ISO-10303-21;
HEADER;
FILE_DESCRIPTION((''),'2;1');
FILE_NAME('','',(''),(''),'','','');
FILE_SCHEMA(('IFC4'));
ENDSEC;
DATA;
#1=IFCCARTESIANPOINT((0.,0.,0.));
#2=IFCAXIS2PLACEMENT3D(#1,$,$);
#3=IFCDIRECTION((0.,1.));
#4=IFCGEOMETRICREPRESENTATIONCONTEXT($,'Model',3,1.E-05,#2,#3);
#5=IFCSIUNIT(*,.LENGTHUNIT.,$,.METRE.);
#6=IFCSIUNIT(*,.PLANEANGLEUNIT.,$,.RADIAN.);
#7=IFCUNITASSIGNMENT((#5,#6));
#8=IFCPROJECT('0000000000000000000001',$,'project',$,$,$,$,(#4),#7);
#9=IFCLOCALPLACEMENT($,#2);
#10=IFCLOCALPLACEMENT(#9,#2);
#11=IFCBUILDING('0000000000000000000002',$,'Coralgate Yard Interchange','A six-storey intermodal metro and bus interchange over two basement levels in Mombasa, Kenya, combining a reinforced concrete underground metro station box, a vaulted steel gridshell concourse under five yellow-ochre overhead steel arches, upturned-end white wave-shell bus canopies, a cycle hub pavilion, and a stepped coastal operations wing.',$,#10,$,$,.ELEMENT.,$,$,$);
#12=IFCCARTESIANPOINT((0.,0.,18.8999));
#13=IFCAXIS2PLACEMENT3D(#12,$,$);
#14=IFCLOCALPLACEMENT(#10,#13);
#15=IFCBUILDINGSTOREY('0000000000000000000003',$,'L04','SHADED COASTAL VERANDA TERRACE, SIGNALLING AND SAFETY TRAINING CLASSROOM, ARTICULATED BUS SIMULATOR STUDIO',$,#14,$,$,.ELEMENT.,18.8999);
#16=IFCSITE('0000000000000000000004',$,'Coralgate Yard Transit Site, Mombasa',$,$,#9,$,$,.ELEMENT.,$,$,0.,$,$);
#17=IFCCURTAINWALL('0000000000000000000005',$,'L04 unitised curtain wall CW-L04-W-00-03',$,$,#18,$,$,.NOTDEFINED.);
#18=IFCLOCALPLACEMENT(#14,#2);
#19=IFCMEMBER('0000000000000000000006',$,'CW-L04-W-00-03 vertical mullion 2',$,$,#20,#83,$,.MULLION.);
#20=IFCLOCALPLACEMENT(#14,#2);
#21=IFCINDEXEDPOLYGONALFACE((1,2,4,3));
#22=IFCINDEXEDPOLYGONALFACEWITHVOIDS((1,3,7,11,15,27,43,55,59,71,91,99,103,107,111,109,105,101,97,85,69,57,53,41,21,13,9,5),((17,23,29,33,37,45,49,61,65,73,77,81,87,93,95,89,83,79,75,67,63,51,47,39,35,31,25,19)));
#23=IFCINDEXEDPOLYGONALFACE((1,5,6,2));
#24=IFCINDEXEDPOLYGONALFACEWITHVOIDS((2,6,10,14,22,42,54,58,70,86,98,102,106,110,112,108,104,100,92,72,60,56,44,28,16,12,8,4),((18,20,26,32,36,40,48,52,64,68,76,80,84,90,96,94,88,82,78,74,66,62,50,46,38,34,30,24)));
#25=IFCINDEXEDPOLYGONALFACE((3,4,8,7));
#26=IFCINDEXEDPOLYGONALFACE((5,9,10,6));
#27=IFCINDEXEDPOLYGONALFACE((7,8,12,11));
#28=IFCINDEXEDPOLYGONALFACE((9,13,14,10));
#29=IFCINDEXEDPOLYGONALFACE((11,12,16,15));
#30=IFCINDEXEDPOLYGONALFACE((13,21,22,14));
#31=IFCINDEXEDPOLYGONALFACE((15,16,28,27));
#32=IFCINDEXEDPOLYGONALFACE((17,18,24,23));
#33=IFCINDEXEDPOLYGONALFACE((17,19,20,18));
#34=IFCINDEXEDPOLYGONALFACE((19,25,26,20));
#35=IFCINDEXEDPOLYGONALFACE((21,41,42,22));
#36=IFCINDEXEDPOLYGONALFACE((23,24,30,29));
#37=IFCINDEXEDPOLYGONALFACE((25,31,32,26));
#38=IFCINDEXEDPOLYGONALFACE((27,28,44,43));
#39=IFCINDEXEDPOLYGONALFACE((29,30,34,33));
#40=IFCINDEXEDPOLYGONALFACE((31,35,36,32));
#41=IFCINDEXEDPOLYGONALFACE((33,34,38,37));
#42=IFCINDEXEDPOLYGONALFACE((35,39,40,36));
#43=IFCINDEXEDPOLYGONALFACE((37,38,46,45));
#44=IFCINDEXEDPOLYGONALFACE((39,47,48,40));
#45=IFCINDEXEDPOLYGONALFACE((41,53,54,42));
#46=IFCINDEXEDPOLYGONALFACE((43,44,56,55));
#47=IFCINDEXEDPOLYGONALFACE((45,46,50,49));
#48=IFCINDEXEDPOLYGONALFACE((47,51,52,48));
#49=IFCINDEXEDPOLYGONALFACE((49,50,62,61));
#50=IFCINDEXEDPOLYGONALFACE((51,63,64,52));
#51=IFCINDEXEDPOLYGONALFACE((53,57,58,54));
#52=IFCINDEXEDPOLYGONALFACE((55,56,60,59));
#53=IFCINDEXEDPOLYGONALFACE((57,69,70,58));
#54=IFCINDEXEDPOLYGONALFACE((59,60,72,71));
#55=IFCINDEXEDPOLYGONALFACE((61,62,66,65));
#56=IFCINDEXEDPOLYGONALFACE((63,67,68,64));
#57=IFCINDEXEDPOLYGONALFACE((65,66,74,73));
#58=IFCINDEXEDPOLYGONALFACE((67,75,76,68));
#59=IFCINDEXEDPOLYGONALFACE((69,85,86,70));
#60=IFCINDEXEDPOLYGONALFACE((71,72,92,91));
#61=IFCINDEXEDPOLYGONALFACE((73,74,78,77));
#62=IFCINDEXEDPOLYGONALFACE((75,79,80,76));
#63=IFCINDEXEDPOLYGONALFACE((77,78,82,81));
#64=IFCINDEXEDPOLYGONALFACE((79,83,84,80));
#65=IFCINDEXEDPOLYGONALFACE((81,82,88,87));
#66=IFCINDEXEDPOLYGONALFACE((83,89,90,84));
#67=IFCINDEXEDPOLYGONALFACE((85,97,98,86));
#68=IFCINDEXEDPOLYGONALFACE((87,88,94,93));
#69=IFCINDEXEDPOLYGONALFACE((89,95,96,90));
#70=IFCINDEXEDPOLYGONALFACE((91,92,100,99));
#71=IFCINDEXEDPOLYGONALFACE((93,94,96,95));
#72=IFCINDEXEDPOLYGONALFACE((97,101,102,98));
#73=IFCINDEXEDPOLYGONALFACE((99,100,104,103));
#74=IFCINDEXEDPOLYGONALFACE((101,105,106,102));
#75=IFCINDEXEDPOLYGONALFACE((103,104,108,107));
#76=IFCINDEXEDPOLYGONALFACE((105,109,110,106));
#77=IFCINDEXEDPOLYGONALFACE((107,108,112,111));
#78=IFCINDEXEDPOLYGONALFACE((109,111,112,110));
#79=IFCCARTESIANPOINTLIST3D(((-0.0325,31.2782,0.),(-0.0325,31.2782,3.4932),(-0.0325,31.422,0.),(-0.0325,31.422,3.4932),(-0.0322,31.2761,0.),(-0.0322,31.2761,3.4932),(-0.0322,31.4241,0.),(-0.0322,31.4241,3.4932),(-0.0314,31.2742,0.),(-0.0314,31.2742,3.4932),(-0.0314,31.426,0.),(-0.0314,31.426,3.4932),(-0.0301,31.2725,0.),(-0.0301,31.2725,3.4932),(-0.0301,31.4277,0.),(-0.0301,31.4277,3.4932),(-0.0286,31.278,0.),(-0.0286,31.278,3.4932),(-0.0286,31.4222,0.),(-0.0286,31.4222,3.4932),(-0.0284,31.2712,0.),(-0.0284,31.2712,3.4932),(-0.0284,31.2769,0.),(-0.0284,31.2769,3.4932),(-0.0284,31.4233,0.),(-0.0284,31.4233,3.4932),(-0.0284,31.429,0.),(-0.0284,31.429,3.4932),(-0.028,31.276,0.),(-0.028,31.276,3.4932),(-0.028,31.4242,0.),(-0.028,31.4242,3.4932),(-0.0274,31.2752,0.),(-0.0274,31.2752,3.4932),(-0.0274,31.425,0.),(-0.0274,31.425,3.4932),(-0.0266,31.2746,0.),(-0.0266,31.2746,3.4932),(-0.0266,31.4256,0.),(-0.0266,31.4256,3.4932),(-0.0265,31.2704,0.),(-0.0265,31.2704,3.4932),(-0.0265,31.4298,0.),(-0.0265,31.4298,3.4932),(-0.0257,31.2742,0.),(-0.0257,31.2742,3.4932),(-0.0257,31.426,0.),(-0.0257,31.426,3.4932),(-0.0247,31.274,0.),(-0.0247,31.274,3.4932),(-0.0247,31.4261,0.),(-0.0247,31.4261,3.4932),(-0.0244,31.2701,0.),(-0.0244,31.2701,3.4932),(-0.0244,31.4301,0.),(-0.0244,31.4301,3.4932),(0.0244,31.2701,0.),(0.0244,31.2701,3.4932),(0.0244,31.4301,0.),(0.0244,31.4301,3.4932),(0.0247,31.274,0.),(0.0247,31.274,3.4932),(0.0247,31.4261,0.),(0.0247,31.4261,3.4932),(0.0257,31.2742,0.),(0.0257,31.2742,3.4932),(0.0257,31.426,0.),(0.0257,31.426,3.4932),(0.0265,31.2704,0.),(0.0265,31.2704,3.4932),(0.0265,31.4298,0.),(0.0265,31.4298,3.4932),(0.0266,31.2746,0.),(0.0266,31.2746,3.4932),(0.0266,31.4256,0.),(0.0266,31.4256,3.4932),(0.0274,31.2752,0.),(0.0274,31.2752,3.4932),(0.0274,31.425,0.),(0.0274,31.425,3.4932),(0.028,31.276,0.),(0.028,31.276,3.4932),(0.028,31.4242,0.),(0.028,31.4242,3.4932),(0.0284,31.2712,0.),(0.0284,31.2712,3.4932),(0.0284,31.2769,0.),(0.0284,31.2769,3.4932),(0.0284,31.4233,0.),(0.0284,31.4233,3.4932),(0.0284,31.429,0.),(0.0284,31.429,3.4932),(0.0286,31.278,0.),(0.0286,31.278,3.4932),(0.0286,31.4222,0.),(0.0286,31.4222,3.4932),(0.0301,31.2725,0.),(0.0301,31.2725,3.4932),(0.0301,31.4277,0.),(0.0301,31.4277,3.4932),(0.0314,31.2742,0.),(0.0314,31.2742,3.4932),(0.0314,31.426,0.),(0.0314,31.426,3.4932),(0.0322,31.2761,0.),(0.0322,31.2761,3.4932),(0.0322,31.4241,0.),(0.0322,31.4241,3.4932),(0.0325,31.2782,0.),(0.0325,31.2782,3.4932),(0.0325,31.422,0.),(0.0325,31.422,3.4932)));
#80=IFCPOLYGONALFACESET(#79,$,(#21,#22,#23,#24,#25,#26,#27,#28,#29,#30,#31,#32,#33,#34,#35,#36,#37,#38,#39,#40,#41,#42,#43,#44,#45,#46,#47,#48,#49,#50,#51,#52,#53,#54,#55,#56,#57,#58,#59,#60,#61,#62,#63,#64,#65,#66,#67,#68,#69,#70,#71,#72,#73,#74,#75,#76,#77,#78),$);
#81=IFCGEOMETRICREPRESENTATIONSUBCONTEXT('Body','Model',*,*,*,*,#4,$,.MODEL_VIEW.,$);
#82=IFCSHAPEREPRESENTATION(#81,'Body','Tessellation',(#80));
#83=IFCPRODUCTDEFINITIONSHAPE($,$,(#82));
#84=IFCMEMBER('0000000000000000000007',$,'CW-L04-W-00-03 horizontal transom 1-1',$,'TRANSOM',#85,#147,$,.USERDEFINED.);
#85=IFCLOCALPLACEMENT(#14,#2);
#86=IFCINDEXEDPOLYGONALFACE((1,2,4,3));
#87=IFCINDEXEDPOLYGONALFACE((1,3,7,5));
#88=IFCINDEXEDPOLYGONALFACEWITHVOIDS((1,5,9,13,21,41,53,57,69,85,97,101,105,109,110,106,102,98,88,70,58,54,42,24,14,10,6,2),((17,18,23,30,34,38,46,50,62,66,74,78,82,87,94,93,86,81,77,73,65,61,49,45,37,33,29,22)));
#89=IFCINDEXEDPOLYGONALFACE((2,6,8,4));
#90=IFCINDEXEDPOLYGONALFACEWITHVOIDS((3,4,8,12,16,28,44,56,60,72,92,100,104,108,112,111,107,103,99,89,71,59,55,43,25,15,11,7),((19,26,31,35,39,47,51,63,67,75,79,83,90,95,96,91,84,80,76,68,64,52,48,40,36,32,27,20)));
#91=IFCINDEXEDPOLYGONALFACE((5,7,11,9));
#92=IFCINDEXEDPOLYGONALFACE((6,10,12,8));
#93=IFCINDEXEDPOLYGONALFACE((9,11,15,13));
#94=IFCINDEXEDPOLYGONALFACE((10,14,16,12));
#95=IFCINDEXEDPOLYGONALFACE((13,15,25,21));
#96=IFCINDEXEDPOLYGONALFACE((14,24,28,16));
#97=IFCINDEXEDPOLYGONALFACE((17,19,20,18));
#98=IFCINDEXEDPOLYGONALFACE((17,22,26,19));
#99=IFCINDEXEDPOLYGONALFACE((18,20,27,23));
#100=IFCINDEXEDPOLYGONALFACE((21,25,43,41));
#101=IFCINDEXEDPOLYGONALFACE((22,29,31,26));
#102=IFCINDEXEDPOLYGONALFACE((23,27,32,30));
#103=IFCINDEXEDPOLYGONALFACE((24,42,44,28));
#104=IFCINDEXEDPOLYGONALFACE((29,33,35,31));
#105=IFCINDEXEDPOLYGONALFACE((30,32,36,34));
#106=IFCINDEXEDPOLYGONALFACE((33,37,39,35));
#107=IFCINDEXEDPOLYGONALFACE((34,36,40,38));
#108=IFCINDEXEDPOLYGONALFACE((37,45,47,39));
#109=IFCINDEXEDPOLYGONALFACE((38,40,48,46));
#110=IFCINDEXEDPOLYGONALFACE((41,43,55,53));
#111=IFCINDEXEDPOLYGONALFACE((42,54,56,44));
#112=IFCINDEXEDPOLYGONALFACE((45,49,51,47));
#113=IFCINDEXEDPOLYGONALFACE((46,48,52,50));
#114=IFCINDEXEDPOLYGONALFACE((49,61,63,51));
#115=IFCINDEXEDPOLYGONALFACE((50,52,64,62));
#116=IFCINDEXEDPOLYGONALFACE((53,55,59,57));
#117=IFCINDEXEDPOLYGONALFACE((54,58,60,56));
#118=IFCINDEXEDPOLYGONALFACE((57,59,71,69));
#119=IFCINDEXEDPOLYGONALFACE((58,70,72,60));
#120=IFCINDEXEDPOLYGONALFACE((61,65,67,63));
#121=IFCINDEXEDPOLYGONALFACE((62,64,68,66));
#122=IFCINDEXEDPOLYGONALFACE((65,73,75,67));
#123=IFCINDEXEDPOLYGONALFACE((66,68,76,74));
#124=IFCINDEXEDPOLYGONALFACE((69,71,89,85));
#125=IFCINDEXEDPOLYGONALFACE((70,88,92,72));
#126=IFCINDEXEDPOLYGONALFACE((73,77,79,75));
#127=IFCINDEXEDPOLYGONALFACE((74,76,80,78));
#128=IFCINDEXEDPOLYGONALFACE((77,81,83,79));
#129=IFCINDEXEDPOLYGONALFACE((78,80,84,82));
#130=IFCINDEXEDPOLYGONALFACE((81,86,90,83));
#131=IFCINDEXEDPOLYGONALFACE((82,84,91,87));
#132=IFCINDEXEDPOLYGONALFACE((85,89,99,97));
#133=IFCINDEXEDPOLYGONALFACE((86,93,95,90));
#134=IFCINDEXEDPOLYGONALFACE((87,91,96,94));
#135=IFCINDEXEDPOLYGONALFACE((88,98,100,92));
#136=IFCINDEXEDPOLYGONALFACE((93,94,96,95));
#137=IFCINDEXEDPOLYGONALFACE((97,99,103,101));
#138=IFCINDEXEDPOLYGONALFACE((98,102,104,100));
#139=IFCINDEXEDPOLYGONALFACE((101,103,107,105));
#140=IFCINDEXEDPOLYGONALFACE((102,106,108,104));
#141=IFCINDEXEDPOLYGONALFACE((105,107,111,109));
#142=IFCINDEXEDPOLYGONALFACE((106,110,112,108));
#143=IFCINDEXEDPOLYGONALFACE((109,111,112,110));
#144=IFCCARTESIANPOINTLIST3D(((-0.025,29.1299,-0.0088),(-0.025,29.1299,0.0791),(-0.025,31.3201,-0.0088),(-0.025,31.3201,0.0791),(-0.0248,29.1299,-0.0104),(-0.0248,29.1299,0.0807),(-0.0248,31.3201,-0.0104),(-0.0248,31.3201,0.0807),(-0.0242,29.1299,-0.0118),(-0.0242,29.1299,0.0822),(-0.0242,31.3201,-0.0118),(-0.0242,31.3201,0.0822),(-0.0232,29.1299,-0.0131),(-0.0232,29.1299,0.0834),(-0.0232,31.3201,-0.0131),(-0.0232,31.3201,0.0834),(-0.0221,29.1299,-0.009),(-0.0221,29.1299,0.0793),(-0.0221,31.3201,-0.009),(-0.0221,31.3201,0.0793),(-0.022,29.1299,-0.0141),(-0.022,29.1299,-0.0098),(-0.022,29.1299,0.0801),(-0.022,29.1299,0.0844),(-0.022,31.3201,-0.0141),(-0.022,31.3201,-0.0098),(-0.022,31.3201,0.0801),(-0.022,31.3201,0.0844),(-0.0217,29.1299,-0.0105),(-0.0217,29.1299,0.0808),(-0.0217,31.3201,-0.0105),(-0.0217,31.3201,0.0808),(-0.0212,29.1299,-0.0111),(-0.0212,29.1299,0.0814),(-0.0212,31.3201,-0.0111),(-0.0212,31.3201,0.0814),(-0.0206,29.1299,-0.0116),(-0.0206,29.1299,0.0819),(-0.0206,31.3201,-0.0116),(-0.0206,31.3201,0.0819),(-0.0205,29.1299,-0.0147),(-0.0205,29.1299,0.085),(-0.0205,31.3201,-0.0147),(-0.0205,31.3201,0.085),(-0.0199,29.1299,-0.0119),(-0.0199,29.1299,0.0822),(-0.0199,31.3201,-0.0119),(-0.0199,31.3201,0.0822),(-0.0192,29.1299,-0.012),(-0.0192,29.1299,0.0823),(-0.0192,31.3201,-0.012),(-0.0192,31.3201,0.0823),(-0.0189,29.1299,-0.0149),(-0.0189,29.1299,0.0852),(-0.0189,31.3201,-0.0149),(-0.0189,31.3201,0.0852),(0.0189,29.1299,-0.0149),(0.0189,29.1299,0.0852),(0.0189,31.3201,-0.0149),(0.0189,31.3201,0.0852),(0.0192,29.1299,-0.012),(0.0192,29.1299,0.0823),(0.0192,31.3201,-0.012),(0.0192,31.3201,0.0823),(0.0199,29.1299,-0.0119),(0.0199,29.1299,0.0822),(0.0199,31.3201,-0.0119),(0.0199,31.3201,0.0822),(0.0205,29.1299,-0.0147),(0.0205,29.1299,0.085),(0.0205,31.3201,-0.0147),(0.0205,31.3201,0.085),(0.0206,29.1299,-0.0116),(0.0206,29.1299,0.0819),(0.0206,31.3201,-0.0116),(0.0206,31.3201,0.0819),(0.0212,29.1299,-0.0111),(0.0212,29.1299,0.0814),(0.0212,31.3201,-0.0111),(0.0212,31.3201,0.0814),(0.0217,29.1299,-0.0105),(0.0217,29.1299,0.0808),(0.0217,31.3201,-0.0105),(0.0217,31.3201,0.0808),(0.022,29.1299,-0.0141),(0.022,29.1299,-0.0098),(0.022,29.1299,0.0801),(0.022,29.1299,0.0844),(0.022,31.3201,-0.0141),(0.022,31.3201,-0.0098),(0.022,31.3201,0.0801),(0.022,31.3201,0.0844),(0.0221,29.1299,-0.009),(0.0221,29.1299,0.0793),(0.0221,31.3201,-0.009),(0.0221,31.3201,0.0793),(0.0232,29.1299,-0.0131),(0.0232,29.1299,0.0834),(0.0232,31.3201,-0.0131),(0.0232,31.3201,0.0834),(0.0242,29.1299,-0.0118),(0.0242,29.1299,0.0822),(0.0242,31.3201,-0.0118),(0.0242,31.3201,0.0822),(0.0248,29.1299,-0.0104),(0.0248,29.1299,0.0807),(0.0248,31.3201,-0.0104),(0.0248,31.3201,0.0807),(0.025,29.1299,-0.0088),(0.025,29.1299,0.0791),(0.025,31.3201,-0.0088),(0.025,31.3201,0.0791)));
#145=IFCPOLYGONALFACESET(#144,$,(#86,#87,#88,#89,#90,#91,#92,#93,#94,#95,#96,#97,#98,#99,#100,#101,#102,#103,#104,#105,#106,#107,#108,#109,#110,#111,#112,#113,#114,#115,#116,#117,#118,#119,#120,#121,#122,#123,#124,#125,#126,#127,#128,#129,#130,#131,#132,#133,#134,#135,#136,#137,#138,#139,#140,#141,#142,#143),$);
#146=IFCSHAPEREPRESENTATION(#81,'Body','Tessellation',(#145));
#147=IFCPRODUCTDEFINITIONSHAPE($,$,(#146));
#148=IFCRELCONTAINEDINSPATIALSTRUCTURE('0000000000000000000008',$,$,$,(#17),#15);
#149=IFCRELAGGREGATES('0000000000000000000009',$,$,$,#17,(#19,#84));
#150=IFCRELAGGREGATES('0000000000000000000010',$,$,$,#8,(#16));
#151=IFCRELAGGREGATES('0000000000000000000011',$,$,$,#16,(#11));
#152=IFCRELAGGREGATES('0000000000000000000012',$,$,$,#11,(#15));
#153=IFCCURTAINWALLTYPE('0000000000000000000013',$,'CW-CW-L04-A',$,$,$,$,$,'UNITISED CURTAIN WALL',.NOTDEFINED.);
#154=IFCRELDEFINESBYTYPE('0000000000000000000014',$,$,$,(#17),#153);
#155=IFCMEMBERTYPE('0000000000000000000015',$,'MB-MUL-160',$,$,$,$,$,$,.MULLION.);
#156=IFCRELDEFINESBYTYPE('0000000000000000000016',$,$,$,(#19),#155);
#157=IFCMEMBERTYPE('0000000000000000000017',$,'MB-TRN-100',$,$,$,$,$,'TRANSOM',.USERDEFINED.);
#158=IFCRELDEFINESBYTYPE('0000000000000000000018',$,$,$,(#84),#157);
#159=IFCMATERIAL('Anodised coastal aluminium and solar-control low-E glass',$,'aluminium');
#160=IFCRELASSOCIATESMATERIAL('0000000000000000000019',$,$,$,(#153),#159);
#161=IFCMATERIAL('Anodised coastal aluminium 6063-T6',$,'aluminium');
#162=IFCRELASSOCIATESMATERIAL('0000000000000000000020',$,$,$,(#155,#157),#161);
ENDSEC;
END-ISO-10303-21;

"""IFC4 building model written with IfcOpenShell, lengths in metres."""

from ifc_helpers import new_model, si_unit, direction, frame, origin, origin_2d, place, context, subcontext, project, spatial, hollow_rectangle, extrude, material, material_profile, profile_set, type_object, element, aggregate, save


model = new_model("IFC4")

# Units and contexts
model_context = context("Model", 3, precision=1e-05, world=origin(), true_north=direction((0.0, 1.0)))
body_context = subcontext(model_context, "Body", "Model", "MODEL_VIEW")
ifc_project = project(units=[si_unit("LENGTHUNIT", "METRE"), si_unit("PLANEANGLEUNIT", "RADIAN")], contexts=[model_context])

# Site, building, storey
site_placement = place(None, origin())
site = spatial("IfcSite", under=ifc_project, at=site_placement, Name="Coralgate Yard Transit Site, Mombasa", CompositionType="ELEMENT", RefElevation=0.0)
building_placement = place(site_placement, origin())
building = spatial("IfcBuilding", under=site, at=building_placement, Name="Coralgate Yard Interchange", Description="A six-storey intermodal metro and bus interchange over two basement levels in Mombasa, Kenya, combining a reinforced concrete underground metro station box, a vaulted steel gridshell concourse under five yellow-ochre overhead steel arches, upturned-end white wave-shell bus canopies, a cycle hub pavilion, and a stepped coastal operations wing.", CompositionType="ELEMENT")
storey_placement = place(building_placement, frame((0.0, 0.0, 18.8999)))
storey = spatial("IfcBuildingStorey", under=building, at=storey_placement, Name="L04", Description="SHADED COASTAL VERANDA TERRACE, SIGNALLING AND SAFETY TRAINING CLASSROOM, ARTICULATED BUS SIMULATOR STUDIO", CompositionType="ELEMENT", Elevation=18.8999)

# Curtain wall, members
ifc_material_1 = material(Name="Anodised coastal aluminium and solar-control low-E glass", Category="aluminium")
curtain_wall_type = type_object("IfcCurtainWallType", Name="CW-CW-L04-A", ElementType="UNITISED CURTAIN WALL", PredefinedType="NOTDEFINED", material=ifc_material_1)
curtain_wall_placement = place(storey_placement, origin())
curtain_wall = element("IfcCurtainWall", 1, at=curtain_wall_placement, inside=storey, type_object=curtain_wall_type, Name="L04 unitised curtain wall CW-L04-W-00-03", PredefinedType="NOTDEFINED")
ifc_material_2 = material(Name="Anodised coastal aluminium 6063-T6", Category="aluminium")
ifc_material_profile_1 = material_profile(ifc_material_2, hollow_rectangle(XDim=0.0649, YDim=0.1599, WallThickness=0.0039, InnerFilletRadius=0.0039, OuterFilletRadius=0.0081, at=origin_2d()), Name="ALU 65x160x4")
ifc_profile_set_1 = profile_set([ifc_material_profile_1], Name="Anodised coastal aluminium 6063-T6")
member_type_1 = type_object("IfcMemberType", Name="MB-MUL-160", PredefinedType="MULLION", material=ifc_profile_set_1)
member_1_placement = place(storey_placement, frame((0.0, 31.3501, 0.0), z_axis=(0.0, 0.0, 1.0), x_axis=(1.0, 0.0, 0.0)))
member_1 = element("IfcMember", 2, at=member_1_placement, type_object=member_type_1, Name="CW-L04-W-00-03 vertical mullion 2", PredefinedType="MULLION", context=body_context, shape_type="SweptSolid", body=[
    extrude(hollow_rectangle(XDim=0.0649, YDim=0.1599, WallThickness=0.0039, InnerFilletRadius=0.0039, OuterFilletRadius=0.0081, at=origin_2d()), origin(), (0.0, 0.0, 1.0), 3.4932),
])
ifc_material_profile_2 = material_profile(ifc_material_2, hollow_rectangle(XDim=0.05, YDim=0.1001, WallThickness=0.0029, InnerFilletRadius=0.0029, OuterFilletRadius=0.0061, at=origin_2d()), Name="ALU 50x100x3")
ifc_profile_set_2 = profile_set([ifc_material_profile_2], Name="Anodised coastal aluminium 6063-T6")
member_type_2 = type_object("IfcMemberType", Name="MB-TRN-100", ElementType="TRANSOM", PredefinedType="USERDEFINED", material=ifc_profile_set_2)
member_2_placement = place(storey_placement, frame((0.0, 29.1299, 0.0352), z_axis=(0.0, 1.0, 0.0), x_axis=(-1.0, 0.0, 0.0)))
member_2 = element("IfcMember", 3, at=member_2_placement, type_object=member_type_2, Name="CW-L04-W-00-03 horizontal transom 1-1", ObjectType="TRANSOM", PredefinedType="USERDEFINED", context=body_context, shape_type="SweptSolid", body=[
    extrude(hollow_rectangle(XDim=0.05, YDim=0.1001, WallThickness=0.0029, InnerFilletRadius=0.0029, OuterFilletRadius=0.0061, at=origin_2d()), origin(), (0.0, 0.0, 1.0), 2.1902),
])
aggregate(curtain_wall, [member_1, member_2])

save(model, "model.ifc")
